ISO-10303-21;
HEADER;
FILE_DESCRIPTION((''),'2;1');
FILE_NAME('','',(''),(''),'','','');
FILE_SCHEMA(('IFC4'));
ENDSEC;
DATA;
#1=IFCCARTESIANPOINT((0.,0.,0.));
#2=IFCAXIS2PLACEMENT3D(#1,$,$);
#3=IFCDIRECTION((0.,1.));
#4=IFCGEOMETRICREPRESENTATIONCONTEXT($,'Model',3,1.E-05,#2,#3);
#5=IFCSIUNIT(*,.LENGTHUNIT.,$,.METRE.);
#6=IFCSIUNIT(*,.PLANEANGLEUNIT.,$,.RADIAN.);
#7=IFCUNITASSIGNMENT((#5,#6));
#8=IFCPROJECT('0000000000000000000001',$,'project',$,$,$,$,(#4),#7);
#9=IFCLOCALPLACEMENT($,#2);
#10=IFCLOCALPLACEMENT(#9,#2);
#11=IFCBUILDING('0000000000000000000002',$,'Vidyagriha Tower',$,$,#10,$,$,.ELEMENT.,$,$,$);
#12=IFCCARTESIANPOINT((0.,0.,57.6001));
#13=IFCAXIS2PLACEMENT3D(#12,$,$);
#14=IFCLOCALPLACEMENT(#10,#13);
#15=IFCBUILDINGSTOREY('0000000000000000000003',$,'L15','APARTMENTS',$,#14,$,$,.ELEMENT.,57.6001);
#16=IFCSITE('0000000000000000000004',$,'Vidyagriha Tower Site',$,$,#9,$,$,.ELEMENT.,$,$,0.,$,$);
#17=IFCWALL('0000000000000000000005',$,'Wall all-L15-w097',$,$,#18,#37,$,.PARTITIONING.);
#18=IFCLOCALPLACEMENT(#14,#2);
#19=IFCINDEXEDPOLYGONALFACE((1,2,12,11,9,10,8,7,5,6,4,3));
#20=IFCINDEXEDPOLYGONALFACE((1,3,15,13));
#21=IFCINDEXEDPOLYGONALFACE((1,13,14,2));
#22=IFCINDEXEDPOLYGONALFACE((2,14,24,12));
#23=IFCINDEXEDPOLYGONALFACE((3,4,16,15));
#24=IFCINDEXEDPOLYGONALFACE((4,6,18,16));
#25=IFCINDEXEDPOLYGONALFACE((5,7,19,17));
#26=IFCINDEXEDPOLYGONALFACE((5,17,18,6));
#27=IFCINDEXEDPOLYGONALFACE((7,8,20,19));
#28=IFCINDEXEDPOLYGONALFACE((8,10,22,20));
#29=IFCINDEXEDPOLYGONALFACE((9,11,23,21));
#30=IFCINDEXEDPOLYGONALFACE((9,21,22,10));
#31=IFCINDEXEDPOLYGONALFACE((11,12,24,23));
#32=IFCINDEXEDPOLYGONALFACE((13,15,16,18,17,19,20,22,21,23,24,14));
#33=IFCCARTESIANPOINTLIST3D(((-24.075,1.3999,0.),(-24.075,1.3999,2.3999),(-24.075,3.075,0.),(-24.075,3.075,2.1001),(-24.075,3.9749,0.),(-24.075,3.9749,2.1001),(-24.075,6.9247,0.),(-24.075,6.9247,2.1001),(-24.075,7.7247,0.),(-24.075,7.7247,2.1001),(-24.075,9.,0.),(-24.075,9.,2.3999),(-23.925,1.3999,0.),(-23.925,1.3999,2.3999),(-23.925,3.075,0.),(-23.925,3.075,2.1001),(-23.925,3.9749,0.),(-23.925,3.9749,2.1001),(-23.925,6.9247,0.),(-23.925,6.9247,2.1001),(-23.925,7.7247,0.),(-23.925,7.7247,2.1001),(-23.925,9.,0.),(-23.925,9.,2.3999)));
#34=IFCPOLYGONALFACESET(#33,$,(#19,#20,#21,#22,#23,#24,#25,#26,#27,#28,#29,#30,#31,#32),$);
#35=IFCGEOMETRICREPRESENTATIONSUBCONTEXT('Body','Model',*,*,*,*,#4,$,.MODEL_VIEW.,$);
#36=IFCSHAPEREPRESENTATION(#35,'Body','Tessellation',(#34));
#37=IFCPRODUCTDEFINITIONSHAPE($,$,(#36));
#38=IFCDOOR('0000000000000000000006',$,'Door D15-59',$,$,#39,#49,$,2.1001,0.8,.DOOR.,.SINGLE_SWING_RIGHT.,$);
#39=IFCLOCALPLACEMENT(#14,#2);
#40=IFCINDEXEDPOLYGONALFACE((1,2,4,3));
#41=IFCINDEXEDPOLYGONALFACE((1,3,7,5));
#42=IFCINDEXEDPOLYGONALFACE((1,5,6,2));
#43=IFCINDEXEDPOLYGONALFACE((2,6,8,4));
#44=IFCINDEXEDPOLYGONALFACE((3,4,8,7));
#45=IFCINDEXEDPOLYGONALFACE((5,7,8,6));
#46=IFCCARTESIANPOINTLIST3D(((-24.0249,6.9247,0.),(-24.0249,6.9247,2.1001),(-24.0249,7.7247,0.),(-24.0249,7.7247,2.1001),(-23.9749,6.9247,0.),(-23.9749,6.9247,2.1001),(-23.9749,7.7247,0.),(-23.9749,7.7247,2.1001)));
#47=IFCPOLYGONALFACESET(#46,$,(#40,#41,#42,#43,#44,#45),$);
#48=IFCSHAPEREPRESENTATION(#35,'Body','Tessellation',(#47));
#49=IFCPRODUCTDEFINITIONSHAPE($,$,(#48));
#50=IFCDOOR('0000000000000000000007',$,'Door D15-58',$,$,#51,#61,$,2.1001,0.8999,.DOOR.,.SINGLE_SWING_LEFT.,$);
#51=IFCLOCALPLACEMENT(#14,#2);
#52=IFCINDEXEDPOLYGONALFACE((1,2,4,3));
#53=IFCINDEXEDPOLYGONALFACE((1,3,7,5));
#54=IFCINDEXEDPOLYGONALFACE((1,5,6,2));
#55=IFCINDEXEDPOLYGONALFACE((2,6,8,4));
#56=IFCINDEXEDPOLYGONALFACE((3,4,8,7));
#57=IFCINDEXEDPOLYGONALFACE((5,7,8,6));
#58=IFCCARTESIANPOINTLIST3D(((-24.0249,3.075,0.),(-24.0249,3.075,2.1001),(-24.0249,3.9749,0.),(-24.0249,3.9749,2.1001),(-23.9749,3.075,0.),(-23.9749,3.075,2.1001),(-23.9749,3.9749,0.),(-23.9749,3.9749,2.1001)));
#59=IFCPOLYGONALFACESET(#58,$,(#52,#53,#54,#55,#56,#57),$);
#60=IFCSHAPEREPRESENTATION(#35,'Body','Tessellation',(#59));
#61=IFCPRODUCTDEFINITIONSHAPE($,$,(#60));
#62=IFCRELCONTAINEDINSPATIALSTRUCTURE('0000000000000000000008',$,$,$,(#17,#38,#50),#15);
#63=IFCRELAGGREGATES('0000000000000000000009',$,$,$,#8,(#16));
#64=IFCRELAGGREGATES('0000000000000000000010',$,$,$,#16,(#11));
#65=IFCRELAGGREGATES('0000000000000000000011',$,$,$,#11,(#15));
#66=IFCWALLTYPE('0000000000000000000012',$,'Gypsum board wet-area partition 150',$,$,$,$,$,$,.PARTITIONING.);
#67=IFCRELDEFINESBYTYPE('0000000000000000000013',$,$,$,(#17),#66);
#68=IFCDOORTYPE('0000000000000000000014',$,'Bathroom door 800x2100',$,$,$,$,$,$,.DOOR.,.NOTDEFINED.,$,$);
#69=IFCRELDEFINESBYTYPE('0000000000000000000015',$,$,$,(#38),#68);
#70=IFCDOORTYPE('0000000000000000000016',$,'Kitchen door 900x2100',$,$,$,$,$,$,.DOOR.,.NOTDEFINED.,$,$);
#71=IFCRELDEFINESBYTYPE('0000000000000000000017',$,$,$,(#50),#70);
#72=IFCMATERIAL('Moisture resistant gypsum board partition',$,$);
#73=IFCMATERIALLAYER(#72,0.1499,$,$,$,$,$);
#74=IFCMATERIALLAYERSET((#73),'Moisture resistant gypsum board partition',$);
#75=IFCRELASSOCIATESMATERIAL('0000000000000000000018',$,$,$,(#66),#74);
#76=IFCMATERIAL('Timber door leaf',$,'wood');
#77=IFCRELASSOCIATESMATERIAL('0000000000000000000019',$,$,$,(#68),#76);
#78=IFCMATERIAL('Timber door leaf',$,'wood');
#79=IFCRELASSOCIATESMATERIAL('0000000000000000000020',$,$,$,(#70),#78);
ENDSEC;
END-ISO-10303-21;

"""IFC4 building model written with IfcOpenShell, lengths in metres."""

from ifc_helpers import new_model, si_unit, direction, frame, frame_2d, origin, place, context, subcontext, project, spatial, rectangle, extrude, material, layer, layer_set, type_object, element, fill, save


model = new_model("IFC4")

# Units and contexts
model_context = context("Model", 3, precision=1e-05, world=origin(), true_north=direction((0.0, 1.0)))
body_context = subcontext(model_context, "Body", "Model", "MODEL_VIEW")
ifc_project = project(units=[si_unit("LENGTHUNIT", "METRE"), si_unit("PLANEANGLEUNIT", "RADIAN")], contexts=[model_context])

# Site, building, storey
site_placement = place(None, origin())
site = spatial("IfcSite", under=ifc_project, at=site_placement, Name="Vidyagriha Tower Site", CompositionType="ELEMENT", RefElevation=0.0)
building_placement = place(site_placement, origin())
building = spatial("IfcBuilding", under=site, at=building_placement, Name="Vidyagriha Tower", CompositionType="ELEMENT")
storey_placement = place(building_placement, frame((0.0, 0.0, 57.6001)))
storey = spatial("IfcBuildingStorey", under=building, at=storey_placement, Name="L15", Description="APARTMENTS", CompositionType="ELEMENT", Elevation=57.6001)

# Wall, openings, doors
ifc_material_1 = material(Name="Moisture resistant gypsum board partition")
ifc_layer_1 = layer(ifc_material_1, 0.1499)
ifc_layer_set_1 = layer_set([ifc_layer_1], Name="Moisture resistant gypsum board partition")
wall_type_1 = type_object("IfcWallType", Name="Gypsum board wet-area partition 150", PredefinedType="PARTITIONING", material=ifc_layer_set_1)
wall_1_placement = place(storey_placement, frame((-24.0, 1.3999, 0.0), z_axis=(0.0, 0.0, 1.0), x_axis=(0.0, 1.0, 0.0)))
wall_1 = element("IfcWall", 1, at=wall_1_placement, inside=storey, type_object=wall_type_1, Name="Wall all-L15-w097", PredefinedType="PARTITIONING", context=body_context, shape_type="SweptSolid", body=[
    extrude(rectangle(XDim=7.6001, YDim=0.1499, at=frame_2d((3.8, 0.0))), origin(), (0.0, 0.0, 1.0), 2.3999),
])
opening_1_placement = place(wall_1_placement, frame((1.675, 0.0, 0.0)))
opening_1 = element("IfcOpeningElement", 2, at=opening_1_placement, cuts=wall_1, PredefinedType="OPENING", context=body_context, shape_type="SweptSolid", body=[
    extrude(rectangle(XDim=0.8999, YDim=2.1001, at=frame_2d((0.45, 1.05))), frame((0.0, 0.085, 0.0), z_axis=(0.0, -1.0, 0.0), x_axis=(1.0, 0.0, 0.0)), (0.0, 0.0, 1.0), 0.1699),
])
opening_2_placement = place(wall_1_placement, frame((5.5249, 0.0, 0.0)))
opening_2 = element("IfcOpeningElement", 3, at=opening_2_placement, cuts=wall_1, PredefinedType="OPENING", context=body_context, shape_type="SweptSolid", body=[
    extrude(rectangle(XDim=0.8, YDim=2.1001, at=frame_2d((0.3999, 1.05))), frame((0.0, 0.085, 0.0), z_axis=(0.0, -1.0, 0.0), x_axis=(1.0, 0.0, 0.0)), (0.0, 0.0, 1.0), 0.1699),
])
ifc_material_2 = material(Name="Timber door leaf", Category="wood")
door_type_1 = type_object("IfcDoorType", Name="Bathroom door 800x2100", OperationType="NOTDEFINED", PredefinedType="DOOR", material=ifc_material_2)
door_1_placement = place(opening_2_placement, origin())
door_1 = element("IfcDoor", 4, at=door_1_placement, inside=storey, type_object=door_type_1, Name="Door D15-59", OperationType="SINGLE_SWING_RIGHT", OverallHeight=2.1001, OverallWidth=0.8, PredefinedType="DOOR", context=body_context, shape_type="SweptSolid", body=[
    extrude(rectangle(XDim=0.8, YDim=2.1001, at=frame_2d((0.3999, 1.05))), frame((0.0, 0.0249, 0.0), z_axis=(0.0, -1.0, 0.0), x_axis=(1.0, 0.0, 0.0)), (0.0, 0.0, 1.0), 0.05),
])
fill(opening_2, door_1)
ifc_material_3 = material(Name="Timber door leaf", Category="wood")
door_type_2 = type_object("IfcDoorType", Name="Kitchen door 900x2100", OperationType="NOTDEFINED", PredefinedType="DOOR", material=ifc_material_3)
door_2_placement = place(opening_1_placement, origin())
door_2 = element("IfcDoor", 5, at=door_2_placement, inside=storey, type_object=door_type_2, Name="Door D15-58", OperationType="SINGLE_SWING_LEFT", OverallHeight=2.1001, OverallWidth=0.8999, PredefinedType="DOOR", context=body_context, shape_type="SweptSolid", body=[
    extrude(rectangle(XDim=0.8999, YDim=2.1001, at=frame_2d((0.45, 1.05))), frame((0.0, 0.0249, 0.0), z_axis=(0.0, -1.0, 0.0), x_axis=(1.0, 0.0, 0.0)), (0.0, 0.0, 1.0), 0.05),
])
fill(opening_1, door_2)

save(model, "model.ifc")
